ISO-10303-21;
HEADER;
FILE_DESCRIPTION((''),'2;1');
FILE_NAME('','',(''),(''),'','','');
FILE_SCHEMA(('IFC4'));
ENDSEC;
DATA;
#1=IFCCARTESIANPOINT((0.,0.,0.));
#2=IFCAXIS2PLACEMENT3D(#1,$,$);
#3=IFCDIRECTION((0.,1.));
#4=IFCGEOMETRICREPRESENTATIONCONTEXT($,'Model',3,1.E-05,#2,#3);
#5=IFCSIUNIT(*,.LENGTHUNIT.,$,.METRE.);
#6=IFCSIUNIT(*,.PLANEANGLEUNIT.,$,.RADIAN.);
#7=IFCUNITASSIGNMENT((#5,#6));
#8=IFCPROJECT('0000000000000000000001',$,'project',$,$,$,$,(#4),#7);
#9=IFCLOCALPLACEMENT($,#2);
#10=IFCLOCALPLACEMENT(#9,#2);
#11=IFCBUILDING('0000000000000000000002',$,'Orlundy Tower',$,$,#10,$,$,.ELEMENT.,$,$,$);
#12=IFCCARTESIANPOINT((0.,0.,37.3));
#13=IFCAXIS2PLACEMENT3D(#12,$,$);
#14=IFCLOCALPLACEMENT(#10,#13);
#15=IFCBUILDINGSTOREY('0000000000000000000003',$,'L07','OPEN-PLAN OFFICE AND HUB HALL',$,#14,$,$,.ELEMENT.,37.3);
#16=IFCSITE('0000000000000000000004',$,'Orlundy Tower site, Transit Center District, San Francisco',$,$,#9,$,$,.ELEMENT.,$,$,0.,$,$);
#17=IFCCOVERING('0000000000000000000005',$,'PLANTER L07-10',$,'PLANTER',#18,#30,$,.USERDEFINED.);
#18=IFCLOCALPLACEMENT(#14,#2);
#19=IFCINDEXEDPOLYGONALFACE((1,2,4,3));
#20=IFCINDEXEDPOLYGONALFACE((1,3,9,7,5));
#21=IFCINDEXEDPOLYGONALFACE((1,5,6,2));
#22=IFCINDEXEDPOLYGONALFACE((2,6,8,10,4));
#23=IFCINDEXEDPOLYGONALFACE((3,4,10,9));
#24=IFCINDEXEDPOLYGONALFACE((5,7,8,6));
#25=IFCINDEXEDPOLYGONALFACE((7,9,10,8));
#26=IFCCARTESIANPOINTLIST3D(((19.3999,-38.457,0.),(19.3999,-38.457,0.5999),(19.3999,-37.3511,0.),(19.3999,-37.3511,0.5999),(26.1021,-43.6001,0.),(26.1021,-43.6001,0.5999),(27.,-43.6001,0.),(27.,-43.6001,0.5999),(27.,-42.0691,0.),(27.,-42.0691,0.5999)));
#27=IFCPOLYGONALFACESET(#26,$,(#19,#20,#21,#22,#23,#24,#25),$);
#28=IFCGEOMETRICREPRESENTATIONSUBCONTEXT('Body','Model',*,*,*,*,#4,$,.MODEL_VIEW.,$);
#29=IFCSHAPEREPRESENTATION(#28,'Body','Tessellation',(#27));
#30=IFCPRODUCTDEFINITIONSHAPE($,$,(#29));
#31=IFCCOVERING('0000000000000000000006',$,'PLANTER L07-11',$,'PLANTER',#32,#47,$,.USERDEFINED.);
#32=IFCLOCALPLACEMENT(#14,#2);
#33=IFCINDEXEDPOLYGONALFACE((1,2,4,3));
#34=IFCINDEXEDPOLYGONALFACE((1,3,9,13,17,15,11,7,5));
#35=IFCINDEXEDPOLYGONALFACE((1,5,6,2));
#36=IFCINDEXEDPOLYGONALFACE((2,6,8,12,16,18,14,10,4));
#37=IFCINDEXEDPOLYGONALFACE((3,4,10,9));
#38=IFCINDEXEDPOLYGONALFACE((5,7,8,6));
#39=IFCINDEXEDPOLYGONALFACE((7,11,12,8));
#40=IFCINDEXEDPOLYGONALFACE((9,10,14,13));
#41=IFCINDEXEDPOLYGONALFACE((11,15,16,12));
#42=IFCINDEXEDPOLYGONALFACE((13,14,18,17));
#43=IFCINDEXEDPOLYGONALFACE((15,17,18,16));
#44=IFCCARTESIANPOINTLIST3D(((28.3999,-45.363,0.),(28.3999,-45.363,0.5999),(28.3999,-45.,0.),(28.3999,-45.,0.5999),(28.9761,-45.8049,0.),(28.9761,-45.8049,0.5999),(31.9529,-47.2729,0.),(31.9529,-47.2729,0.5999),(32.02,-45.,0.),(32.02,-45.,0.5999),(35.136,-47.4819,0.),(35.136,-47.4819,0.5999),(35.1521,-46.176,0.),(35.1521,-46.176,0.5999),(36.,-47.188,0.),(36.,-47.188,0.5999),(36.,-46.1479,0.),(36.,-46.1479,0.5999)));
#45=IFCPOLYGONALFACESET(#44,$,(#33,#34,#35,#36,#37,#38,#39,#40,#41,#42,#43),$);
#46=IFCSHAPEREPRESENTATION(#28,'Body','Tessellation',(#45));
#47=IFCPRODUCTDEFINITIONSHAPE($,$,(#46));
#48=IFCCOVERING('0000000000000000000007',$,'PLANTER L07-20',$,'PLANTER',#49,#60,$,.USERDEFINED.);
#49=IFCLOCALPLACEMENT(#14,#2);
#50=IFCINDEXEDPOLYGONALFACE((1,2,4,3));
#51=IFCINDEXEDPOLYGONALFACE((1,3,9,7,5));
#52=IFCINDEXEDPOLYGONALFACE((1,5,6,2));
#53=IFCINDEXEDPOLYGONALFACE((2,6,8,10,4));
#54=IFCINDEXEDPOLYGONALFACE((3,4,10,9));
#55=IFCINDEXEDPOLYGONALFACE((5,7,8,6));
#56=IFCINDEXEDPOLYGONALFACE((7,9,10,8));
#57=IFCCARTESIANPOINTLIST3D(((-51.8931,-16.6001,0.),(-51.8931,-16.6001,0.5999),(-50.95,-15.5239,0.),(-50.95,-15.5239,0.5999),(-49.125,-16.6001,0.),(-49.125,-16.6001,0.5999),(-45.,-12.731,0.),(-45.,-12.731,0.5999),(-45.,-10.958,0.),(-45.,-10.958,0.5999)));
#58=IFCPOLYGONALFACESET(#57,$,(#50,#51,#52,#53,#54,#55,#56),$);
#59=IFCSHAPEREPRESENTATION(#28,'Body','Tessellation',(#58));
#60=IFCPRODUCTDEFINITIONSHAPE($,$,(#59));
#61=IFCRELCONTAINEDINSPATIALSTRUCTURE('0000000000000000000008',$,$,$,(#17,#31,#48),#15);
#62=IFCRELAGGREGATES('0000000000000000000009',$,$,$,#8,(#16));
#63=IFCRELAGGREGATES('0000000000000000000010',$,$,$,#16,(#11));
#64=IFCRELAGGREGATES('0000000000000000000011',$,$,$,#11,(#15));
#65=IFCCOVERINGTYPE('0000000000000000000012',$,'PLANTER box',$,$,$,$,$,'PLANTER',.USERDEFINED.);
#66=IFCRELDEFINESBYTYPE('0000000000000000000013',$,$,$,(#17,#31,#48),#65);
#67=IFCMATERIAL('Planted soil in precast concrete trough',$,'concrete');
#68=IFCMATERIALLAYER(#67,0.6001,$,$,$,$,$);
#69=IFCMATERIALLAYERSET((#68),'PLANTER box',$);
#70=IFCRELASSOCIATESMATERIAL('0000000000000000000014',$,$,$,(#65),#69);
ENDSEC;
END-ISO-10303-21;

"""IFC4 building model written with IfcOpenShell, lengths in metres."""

from ifc_helpers import new_model, si_unit, direction, frame, origin, place, context, subcontext, project, spatial, polyline, outline, extrude, material, layer, layer_set, type_object, element, save


model = new_model("IFC4")

# Units and contexts
model_context = context("Model", 3, precision=1e-05, world=origin(), true_north=direction((0.0, 1.0)))
body_context = subcontext(model_context, "Body", "Model", "MODEL_VIEW")
ifc_project = project(units=[si_unit("LENGTHUNIT", "METRE"), si_unit("PLANEANGLEUNIT", "RADIAN")], contexts=[model_context])

# Site, building, storey
site_placement = place(None, origin())
site = spatial("IfcSite", under=ifc_project, at=site_placement, Name="Orlundy Tower site, Transit Center District, San Francisco", CompositionType="ELEMENT", RefElevation=0.0)
building_placement = place(site_placement, origin())
building = spatial("IfcBuilding", under=site, at=building_placement, Name="Orlundy Tower", CompositionType="ELEMENT")
storey_placement = place(building_placement, frame((0.0, 0.0, 37.3)))
storey = spatial("IfcBuildingStorey", under=building, at=storey_placement, Name="L07", Description="OPEN-PLAN OFFICE AND HUB HALL", CompositionType="ELEMENT", Elevation=37.3)

# Coverings
ifc_material_1 = material(Name="Planted soil in precast concrete trough", Category="concrete")
ifc_layer_1 = layer(ifc_material_1, 0.6001)
ifc_layer_set_1 = layer_set([ifc_layer_1], Name="PLANTER box")
covering_type = type_object("IfcCoveringType", Name="PLANTER box", ElementType="PLANTER", PredefinedType="USERDEFINED", material=ifc_layer_set_1)
covering_1_placement = place(storey_placement, origin())
element("IfcCovering", 1, at=covering_1_placement, inside=storey, type_object=covering_type, Name="PLANTER L07-10", ObjectType="PLANTER", PredefinedType="USERDEFINED", context=body_context, shape_type="SweptSolid", body=[
    extrude(outline(polyline([(19.3999, -38.457), (19.3999, -37.3511), (27.0, -42.0691), (27.0, -43.6001), (26.1021, -43.6001), (19.3999, -38.457)])), origin(), (0.0, 0.0, 1.0), 0.5999),
])
covering_2_placement = place(storey_placement, origin())
element("IfcCovering", 2, at=covering_2_placement, inside=storey, type_object=covering_type, Name="PLANTER L07-11", ObjectType="PLANTER", PredefinedType="USERDEFINED", context=body_context, shape_type="SweptSolid", body=[
    extrude(outline(polyline([(35.136, -47.4819), (31.9529, -47.2729), (28.9761, -45.8049), (28.3999, -45.363), (28.3999, -45.0), (32.02, -45.0), (35.1521, -46.176), (36.0, -46.1479), (36.0, -47.188), (35.136, -47.4819)])), origin(), (0.0, 0.0, 1.0), 0.5999),
])
covering_3_placement = place(storey_placement, origin())
element("IfcCovering", 3, at=covering_3_placement, inside=storey, type_object=covering_type, Name="PLANTER L07-20", ObjectType="PLANTER", PredefinedType="USERDEFINED", context=body_context, shape_type="SweptSolid", body=[
    extrude(outline(polyline([(-50.95, -15.5239), (-45.0, -10.958), (-45.0, -12.731), (-49.125, -16.6001), (-51.8931, -16.6001), (-50.95, -15.5239)])), origin(), (0.0, 0.0, 1.0), 0.5999),
])

save(model, "model.ifc")
